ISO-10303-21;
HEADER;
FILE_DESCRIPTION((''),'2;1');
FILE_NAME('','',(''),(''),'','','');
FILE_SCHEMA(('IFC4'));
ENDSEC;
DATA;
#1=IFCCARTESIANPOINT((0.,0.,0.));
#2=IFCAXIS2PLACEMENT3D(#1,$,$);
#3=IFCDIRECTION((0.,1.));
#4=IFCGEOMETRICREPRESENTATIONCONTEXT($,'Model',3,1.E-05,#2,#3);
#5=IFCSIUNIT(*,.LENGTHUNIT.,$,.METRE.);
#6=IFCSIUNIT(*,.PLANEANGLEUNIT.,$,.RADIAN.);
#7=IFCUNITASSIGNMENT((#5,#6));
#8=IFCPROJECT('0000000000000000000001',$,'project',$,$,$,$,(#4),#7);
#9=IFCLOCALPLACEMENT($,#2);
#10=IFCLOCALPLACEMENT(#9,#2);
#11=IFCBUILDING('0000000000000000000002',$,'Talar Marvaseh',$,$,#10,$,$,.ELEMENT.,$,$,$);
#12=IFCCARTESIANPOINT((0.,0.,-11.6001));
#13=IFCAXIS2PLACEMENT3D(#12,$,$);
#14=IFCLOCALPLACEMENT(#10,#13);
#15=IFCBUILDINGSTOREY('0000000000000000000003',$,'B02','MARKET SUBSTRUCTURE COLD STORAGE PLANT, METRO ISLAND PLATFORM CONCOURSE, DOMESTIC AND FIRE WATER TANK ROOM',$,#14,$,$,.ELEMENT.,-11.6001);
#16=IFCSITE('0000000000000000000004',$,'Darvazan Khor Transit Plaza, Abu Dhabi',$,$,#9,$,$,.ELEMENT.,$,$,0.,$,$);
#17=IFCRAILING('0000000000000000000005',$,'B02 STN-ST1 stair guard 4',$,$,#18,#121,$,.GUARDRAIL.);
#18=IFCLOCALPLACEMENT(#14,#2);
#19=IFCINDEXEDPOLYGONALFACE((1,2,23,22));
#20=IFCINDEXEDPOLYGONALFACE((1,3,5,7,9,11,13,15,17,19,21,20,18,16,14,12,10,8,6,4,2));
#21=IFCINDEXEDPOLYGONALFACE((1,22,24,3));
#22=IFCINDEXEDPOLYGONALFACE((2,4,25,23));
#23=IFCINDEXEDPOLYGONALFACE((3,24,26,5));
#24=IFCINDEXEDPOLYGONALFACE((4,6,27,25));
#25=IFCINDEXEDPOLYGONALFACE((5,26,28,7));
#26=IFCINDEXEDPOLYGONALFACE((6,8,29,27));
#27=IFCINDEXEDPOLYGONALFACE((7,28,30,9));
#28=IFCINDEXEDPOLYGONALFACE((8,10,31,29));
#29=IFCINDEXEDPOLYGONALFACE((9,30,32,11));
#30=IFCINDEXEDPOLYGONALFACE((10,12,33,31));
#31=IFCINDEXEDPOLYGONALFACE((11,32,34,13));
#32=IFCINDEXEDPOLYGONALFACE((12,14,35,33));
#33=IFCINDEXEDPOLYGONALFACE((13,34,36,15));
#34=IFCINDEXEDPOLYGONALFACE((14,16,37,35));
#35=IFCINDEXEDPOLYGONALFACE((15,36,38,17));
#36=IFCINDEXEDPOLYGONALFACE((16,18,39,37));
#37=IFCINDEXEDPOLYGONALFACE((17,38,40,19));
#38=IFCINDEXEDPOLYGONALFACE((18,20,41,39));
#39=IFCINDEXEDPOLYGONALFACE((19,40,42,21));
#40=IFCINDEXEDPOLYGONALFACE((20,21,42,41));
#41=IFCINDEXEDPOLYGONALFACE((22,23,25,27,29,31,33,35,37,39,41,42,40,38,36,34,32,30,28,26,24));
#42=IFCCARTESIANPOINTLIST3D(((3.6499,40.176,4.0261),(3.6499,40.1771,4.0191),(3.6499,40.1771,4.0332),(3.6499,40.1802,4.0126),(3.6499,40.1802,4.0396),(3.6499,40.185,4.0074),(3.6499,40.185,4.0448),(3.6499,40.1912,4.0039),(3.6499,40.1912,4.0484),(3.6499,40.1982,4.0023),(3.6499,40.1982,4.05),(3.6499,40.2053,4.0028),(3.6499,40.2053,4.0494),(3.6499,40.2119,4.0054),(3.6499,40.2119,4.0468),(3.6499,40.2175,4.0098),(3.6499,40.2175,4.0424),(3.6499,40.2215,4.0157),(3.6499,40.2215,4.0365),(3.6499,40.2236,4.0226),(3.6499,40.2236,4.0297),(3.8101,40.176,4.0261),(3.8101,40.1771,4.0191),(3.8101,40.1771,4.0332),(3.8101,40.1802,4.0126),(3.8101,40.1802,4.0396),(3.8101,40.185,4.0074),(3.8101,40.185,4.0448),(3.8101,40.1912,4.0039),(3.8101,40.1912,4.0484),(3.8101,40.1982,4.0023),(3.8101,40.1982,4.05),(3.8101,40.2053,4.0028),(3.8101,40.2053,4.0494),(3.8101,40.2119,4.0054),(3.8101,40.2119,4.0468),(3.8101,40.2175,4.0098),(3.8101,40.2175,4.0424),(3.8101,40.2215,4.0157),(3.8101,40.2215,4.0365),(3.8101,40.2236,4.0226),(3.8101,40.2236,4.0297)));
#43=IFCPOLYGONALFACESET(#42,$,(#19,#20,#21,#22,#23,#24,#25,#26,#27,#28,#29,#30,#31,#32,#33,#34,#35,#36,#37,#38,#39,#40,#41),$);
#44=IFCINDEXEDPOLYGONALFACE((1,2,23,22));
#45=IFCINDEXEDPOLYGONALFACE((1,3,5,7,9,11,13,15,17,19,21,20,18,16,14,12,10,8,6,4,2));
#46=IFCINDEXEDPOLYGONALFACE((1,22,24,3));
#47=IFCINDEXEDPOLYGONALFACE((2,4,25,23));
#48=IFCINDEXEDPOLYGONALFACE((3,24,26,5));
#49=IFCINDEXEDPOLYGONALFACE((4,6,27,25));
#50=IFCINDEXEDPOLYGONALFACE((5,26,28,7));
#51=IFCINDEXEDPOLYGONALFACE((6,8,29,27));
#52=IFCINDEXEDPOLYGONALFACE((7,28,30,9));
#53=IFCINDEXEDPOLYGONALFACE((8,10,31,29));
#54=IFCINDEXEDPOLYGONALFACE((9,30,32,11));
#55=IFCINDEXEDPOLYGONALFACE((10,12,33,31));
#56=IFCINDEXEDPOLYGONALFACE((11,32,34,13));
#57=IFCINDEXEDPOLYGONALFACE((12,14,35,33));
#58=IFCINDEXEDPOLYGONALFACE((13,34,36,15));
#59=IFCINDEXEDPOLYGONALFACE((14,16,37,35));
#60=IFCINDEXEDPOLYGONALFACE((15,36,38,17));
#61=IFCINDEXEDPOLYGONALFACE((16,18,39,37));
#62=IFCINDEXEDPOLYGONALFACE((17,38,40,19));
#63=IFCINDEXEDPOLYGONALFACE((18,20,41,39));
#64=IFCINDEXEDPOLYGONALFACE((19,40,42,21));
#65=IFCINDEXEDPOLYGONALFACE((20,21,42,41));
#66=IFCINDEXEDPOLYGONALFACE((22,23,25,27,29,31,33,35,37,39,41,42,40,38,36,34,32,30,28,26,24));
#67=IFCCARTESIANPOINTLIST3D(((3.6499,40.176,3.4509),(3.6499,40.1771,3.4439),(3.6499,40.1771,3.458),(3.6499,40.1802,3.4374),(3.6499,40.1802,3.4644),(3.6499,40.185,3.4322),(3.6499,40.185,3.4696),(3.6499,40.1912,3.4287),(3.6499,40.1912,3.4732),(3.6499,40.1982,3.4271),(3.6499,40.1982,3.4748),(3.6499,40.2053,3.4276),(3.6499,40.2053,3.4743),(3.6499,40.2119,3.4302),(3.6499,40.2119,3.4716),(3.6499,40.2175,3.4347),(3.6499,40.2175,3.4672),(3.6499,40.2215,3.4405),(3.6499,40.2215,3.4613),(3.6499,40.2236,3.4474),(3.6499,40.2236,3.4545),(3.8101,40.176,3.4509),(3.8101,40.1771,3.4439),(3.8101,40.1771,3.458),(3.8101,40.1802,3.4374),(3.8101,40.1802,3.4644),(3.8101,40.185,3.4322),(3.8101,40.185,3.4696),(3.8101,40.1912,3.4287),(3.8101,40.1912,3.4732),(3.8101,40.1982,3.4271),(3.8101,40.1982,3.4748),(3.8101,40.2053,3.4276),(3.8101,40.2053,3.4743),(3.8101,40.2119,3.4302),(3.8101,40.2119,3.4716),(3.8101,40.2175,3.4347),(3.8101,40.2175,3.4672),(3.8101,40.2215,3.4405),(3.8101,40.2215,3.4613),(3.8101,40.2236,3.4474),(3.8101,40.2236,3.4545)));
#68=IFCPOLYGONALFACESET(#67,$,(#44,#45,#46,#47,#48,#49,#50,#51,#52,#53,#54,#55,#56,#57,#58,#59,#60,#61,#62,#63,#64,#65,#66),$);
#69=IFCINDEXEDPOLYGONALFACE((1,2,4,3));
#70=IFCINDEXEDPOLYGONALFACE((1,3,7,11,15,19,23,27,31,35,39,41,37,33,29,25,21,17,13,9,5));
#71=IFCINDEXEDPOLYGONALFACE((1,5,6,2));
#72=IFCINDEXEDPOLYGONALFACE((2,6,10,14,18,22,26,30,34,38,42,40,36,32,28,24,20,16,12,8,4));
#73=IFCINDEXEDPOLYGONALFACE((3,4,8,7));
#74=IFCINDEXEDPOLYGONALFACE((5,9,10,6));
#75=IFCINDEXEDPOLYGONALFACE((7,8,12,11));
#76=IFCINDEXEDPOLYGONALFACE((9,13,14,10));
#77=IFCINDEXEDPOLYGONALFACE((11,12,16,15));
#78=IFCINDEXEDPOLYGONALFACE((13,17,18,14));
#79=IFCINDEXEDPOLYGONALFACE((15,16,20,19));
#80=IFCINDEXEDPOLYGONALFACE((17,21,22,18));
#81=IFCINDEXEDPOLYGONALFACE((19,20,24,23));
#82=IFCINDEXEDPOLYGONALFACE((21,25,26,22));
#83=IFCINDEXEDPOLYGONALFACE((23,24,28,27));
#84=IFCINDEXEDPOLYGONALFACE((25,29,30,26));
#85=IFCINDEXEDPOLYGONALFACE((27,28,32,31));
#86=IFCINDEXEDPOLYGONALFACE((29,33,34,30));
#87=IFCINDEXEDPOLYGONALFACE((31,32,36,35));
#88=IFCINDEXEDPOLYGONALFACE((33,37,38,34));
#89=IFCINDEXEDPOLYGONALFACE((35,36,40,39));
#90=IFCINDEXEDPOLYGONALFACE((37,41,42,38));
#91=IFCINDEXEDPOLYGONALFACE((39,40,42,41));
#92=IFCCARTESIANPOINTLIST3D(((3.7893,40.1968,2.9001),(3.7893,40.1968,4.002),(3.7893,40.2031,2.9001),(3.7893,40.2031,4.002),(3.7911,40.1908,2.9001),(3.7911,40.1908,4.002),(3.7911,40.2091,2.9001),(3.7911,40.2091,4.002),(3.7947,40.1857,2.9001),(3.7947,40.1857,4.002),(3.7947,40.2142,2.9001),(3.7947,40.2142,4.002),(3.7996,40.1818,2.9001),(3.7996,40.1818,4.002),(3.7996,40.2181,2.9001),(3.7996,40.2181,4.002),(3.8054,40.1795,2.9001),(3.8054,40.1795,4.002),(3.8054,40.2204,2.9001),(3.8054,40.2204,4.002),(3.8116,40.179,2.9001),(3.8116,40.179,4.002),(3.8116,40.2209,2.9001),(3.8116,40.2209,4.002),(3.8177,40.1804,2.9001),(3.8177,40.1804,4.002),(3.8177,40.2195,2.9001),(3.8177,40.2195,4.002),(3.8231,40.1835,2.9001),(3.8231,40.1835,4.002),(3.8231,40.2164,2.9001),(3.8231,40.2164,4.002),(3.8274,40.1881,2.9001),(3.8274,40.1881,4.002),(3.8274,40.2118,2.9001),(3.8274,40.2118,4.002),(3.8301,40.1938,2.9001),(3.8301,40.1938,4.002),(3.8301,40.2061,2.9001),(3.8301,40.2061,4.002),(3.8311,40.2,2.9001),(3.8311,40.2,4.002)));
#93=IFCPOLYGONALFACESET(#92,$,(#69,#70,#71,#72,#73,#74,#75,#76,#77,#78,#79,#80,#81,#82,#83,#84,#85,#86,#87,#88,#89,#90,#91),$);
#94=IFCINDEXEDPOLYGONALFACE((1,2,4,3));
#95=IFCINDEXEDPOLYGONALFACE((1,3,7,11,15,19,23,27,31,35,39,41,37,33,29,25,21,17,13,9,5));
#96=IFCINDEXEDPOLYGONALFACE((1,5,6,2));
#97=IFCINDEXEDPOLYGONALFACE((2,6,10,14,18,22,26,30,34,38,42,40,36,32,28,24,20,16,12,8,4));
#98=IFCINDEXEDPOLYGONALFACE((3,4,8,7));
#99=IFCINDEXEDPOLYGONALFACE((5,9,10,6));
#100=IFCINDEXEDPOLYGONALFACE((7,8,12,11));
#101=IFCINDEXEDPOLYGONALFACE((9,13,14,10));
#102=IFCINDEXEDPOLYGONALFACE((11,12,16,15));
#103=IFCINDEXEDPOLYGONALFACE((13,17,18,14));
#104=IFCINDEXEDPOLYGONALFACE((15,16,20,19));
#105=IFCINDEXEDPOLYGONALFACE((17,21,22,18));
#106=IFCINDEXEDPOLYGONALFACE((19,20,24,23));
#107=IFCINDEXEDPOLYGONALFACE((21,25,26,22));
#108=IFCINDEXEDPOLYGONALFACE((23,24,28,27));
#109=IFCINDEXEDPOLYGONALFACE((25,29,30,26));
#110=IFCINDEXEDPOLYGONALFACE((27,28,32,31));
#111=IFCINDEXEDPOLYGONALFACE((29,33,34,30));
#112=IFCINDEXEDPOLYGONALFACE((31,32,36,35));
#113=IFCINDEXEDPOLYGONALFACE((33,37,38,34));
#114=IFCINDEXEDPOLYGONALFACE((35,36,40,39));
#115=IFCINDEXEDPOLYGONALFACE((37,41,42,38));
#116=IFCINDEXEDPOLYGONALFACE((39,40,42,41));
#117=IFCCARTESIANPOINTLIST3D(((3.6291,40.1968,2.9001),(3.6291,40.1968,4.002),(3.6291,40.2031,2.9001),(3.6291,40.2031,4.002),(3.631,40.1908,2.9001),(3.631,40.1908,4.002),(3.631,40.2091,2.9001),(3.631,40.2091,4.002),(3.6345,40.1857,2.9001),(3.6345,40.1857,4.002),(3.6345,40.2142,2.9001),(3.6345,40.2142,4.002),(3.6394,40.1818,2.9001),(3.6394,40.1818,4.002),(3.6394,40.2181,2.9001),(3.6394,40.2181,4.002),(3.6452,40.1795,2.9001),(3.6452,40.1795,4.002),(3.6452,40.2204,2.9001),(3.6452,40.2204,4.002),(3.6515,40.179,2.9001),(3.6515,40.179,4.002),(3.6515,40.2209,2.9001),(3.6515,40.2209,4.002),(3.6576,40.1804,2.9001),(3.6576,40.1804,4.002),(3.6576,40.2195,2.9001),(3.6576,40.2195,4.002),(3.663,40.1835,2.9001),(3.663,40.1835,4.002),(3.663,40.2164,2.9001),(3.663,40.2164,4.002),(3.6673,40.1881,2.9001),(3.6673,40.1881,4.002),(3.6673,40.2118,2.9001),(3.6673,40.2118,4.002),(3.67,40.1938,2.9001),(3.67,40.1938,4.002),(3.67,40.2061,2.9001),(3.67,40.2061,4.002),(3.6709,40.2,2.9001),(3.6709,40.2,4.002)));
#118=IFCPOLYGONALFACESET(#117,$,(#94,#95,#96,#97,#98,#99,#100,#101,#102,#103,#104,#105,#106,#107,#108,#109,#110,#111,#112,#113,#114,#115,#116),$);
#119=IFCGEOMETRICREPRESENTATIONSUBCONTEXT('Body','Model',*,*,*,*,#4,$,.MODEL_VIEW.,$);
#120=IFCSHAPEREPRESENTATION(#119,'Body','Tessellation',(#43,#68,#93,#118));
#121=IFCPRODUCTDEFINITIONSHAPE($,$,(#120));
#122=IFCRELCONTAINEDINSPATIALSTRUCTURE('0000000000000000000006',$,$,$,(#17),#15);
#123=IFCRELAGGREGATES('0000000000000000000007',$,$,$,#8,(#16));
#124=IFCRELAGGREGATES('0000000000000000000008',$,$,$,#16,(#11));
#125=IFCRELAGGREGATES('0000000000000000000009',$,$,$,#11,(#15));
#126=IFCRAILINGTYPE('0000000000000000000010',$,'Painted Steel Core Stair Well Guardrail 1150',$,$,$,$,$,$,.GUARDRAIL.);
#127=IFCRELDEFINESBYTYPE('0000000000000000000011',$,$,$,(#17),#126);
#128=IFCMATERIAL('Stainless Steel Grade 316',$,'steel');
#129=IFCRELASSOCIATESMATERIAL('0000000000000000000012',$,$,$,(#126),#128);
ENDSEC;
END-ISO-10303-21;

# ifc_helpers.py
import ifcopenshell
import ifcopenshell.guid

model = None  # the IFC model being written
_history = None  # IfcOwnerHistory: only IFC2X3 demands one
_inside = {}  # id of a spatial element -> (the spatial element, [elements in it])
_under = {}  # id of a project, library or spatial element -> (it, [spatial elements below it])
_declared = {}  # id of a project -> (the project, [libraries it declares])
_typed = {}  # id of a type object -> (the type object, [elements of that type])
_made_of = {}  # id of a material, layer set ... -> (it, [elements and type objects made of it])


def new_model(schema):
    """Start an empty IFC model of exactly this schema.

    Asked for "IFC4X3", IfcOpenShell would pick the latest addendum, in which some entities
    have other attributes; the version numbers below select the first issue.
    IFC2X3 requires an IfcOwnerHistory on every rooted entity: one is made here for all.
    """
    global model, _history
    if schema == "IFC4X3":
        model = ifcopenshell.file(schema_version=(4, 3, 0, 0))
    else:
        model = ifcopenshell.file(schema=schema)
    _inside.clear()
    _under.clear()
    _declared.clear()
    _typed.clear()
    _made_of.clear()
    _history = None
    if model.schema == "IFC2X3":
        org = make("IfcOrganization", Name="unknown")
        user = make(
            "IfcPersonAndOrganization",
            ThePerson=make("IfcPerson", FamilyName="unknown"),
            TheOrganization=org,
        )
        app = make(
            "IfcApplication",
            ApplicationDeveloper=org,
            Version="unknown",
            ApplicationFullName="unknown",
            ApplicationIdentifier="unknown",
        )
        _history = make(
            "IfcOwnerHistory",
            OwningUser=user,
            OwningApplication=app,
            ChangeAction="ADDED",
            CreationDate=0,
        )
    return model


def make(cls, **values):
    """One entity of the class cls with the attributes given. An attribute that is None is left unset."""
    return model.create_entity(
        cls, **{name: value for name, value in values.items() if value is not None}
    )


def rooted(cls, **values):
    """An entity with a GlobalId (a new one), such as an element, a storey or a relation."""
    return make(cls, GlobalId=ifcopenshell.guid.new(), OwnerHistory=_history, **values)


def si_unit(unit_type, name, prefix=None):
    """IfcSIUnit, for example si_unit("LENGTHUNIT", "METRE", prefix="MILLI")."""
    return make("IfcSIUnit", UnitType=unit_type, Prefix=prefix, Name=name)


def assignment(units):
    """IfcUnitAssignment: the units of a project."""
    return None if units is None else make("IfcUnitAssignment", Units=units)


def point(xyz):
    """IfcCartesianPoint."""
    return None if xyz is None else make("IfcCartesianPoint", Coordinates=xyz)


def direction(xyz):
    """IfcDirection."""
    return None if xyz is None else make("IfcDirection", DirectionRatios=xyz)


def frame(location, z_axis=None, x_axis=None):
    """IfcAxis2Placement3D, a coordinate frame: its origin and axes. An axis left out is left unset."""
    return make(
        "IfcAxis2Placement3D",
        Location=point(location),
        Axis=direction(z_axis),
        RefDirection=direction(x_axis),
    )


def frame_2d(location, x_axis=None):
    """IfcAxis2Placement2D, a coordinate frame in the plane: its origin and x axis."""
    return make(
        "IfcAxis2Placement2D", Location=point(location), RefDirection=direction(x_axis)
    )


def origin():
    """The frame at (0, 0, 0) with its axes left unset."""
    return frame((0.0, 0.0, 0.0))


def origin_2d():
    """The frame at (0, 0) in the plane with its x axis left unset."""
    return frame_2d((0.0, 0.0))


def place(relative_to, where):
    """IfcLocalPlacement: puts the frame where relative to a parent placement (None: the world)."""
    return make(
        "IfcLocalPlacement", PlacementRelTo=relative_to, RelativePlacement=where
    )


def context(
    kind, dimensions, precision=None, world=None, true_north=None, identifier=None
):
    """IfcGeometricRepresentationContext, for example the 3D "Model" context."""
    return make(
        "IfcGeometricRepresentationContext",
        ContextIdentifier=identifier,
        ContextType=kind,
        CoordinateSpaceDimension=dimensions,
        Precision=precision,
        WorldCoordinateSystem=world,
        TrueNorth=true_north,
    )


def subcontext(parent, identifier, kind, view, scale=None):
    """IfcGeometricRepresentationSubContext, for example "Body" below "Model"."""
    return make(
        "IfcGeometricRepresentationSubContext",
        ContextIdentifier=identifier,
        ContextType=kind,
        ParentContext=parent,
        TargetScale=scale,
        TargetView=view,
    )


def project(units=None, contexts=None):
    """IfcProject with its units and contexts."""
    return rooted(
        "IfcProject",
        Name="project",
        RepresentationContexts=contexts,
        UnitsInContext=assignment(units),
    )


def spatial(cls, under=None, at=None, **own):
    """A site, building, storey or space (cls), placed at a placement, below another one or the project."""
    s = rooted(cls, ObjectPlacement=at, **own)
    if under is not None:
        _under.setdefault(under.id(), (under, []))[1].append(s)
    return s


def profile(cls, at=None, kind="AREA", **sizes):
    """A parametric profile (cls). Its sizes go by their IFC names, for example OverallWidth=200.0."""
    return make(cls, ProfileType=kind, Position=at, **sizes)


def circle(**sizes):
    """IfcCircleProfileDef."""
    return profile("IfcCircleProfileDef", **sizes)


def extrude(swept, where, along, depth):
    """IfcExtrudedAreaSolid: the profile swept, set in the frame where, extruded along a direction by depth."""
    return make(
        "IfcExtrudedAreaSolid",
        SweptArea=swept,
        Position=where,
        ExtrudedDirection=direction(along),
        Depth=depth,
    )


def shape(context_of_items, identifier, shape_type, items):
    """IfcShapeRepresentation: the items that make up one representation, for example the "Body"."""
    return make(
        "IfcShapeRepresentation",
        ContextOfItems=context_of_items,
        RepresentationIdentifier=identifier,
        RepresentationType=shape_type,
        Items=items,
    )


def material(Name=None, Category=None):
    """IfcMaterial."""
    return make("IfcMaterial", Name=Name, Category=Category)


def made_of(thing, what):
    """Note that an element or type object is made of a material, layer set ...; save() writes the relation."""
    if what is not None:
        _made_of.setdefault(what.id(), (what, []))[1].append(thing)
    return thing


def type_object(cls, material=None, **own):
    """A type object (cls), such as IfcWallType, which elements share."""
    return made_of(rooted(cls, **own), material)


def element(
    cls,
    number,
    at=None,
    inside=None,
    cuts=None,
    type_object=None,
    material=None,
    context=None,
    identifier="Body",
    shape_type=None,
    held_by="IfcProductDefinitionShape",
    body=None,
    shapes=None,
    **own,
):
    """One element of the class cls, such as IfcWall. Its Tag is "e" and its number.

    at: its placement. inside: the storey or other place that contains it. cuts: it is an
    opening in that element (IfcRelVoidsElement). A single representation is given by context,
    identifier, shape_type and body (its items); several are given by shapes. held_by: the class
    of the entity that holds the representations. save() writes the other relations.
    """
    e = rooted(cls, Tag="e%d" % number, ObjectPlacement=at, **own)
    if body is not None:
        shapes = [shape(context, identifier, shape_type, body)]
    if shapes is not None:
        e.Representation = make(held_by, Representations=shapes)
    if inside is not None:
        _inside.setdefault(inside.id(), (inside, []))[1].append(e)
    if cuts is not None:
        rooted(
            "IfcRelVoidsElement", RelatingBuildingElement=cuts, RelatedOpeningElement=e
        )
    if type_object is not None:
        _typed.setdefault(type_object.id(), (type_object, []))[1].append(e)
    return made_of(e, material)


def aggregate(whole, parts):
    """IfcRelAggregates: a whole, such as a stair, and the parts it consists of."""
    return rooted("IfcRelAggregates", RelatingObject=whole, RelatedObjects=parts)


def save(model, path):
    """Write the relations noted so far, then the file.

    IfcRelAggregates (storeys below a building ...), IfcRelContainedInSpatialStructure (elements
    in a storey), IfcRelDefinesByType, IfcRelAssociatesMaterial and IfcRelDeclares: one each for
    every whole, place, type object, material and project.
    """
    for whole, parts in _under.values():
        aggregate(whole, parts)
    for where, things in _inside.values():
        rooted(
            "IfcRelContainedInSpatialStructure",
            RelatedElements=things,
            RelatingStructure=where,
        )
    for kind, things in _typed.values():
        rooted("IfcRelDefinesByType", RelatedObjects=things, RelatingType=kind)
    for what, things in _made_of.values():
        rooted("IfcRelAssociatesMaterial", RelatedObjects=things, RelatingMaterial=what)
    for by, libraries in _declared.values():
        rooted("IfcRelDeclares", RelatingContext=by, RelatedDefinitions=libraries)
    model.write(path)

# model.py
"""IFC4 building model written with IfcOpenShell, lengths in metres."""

from ifc_helpers import new_model, si_unit, direction, frame, origin, origin_2d, place, context, subcontext, project, spatial, circle, extrude, material, type_object, element, save


model = new_model("IFC4")

# Units and contexts
model_context = context("Model", 3, precision=1e-05, world=origin(), true_north=direction((0.0, 1.0)))
body_context = subcontext(model_context, "Body", "Model", "MODEL_VIEW")
ifc_project = project(units=[si_unit("LENGTHUNIT", "METRE"), si_unit("PLANEANGLEUNIT", "RADIAN")], contexts=[model_context])

# Site, building, storey
site_placement = place(None, origin())
site = spatial("IfcSite", under=ifc_project, at=site_placement, Name="Darvazan Khor Transit Plaza, Abu Dhabi", CompositionType="ELEMENT", RefElevation=0.0)
building_placement = place(site_placement, origin())
building = spatial("IfcBuilding", under=site, at=building_placement, Name="Talar Marvaseh", CompositionType="ELEMENT")
storey_placement = place(building_placement, frame((0.0, 0.0, -11.6001)))
storey = spatial("IfcBuildingStorey", under=building, at=storey_placement, Name="B02", Description="MARKET SUBSTRUCTURE COLD STORAGE PLANT, METRO ISLAND PLATFORM CONCOURSE, DOMESTIC AND FIRE WATER TANK ROOM", CompositionType="ELEMENT", Elevation=-11.6001)

# Railing
ifc_material_1 = material(Name="Stainless Steel Grade 316", Category="steel")
railing_type_1 = type_object("IfcRailingType", Name="Painted Steel Core Stair Well Guardrail 1150", PredefinedType="GUARDRAIL", material=ifc_material_1)
railing_1_placement = place(storey_placement, frame((3.8101, 40.2, 2.9001)))
element("IfcRailing", 1, at=railing_1_placement, inside=storey, type_object=railing_type_1, Name="B02 STN-ST1 stair guard 4", PredefinedType="GUARDRAIL", context=body_context, shape_type="SweptSolid", body=[
    extrude(circle(Radius=0.0239, at=origin_2d()), frame((0.0, 0.0, 1.126), z_axis=(-1.0, 0.0, 0.0), x_axis=(0.0, -1.0, 0.0)), (0.0, 0.0, 1.0), 0.1602),
    extrude(circle(Radius=0.0239, at=origin_2d()), frame((0.0, 0.0, 0.5508), z_axis=(-1.0, 0.0, 0.0), x_axis=(0.0, -1.0, 0.0)), (0.0, 0.0, 1.0), 0.1602),
    extrude(circle(Radius=0.021, at=origin_2d()), origin(), (0.0, 0.0, 1.0), 1.1018),
    extrude(circle(Radius=0.021, at=origin_2d()), frame((-0.1602, 0.0, 0.0)), (0.0, 0.0, 1.0), 1.1018),
])

save(model, "model.ifc")
